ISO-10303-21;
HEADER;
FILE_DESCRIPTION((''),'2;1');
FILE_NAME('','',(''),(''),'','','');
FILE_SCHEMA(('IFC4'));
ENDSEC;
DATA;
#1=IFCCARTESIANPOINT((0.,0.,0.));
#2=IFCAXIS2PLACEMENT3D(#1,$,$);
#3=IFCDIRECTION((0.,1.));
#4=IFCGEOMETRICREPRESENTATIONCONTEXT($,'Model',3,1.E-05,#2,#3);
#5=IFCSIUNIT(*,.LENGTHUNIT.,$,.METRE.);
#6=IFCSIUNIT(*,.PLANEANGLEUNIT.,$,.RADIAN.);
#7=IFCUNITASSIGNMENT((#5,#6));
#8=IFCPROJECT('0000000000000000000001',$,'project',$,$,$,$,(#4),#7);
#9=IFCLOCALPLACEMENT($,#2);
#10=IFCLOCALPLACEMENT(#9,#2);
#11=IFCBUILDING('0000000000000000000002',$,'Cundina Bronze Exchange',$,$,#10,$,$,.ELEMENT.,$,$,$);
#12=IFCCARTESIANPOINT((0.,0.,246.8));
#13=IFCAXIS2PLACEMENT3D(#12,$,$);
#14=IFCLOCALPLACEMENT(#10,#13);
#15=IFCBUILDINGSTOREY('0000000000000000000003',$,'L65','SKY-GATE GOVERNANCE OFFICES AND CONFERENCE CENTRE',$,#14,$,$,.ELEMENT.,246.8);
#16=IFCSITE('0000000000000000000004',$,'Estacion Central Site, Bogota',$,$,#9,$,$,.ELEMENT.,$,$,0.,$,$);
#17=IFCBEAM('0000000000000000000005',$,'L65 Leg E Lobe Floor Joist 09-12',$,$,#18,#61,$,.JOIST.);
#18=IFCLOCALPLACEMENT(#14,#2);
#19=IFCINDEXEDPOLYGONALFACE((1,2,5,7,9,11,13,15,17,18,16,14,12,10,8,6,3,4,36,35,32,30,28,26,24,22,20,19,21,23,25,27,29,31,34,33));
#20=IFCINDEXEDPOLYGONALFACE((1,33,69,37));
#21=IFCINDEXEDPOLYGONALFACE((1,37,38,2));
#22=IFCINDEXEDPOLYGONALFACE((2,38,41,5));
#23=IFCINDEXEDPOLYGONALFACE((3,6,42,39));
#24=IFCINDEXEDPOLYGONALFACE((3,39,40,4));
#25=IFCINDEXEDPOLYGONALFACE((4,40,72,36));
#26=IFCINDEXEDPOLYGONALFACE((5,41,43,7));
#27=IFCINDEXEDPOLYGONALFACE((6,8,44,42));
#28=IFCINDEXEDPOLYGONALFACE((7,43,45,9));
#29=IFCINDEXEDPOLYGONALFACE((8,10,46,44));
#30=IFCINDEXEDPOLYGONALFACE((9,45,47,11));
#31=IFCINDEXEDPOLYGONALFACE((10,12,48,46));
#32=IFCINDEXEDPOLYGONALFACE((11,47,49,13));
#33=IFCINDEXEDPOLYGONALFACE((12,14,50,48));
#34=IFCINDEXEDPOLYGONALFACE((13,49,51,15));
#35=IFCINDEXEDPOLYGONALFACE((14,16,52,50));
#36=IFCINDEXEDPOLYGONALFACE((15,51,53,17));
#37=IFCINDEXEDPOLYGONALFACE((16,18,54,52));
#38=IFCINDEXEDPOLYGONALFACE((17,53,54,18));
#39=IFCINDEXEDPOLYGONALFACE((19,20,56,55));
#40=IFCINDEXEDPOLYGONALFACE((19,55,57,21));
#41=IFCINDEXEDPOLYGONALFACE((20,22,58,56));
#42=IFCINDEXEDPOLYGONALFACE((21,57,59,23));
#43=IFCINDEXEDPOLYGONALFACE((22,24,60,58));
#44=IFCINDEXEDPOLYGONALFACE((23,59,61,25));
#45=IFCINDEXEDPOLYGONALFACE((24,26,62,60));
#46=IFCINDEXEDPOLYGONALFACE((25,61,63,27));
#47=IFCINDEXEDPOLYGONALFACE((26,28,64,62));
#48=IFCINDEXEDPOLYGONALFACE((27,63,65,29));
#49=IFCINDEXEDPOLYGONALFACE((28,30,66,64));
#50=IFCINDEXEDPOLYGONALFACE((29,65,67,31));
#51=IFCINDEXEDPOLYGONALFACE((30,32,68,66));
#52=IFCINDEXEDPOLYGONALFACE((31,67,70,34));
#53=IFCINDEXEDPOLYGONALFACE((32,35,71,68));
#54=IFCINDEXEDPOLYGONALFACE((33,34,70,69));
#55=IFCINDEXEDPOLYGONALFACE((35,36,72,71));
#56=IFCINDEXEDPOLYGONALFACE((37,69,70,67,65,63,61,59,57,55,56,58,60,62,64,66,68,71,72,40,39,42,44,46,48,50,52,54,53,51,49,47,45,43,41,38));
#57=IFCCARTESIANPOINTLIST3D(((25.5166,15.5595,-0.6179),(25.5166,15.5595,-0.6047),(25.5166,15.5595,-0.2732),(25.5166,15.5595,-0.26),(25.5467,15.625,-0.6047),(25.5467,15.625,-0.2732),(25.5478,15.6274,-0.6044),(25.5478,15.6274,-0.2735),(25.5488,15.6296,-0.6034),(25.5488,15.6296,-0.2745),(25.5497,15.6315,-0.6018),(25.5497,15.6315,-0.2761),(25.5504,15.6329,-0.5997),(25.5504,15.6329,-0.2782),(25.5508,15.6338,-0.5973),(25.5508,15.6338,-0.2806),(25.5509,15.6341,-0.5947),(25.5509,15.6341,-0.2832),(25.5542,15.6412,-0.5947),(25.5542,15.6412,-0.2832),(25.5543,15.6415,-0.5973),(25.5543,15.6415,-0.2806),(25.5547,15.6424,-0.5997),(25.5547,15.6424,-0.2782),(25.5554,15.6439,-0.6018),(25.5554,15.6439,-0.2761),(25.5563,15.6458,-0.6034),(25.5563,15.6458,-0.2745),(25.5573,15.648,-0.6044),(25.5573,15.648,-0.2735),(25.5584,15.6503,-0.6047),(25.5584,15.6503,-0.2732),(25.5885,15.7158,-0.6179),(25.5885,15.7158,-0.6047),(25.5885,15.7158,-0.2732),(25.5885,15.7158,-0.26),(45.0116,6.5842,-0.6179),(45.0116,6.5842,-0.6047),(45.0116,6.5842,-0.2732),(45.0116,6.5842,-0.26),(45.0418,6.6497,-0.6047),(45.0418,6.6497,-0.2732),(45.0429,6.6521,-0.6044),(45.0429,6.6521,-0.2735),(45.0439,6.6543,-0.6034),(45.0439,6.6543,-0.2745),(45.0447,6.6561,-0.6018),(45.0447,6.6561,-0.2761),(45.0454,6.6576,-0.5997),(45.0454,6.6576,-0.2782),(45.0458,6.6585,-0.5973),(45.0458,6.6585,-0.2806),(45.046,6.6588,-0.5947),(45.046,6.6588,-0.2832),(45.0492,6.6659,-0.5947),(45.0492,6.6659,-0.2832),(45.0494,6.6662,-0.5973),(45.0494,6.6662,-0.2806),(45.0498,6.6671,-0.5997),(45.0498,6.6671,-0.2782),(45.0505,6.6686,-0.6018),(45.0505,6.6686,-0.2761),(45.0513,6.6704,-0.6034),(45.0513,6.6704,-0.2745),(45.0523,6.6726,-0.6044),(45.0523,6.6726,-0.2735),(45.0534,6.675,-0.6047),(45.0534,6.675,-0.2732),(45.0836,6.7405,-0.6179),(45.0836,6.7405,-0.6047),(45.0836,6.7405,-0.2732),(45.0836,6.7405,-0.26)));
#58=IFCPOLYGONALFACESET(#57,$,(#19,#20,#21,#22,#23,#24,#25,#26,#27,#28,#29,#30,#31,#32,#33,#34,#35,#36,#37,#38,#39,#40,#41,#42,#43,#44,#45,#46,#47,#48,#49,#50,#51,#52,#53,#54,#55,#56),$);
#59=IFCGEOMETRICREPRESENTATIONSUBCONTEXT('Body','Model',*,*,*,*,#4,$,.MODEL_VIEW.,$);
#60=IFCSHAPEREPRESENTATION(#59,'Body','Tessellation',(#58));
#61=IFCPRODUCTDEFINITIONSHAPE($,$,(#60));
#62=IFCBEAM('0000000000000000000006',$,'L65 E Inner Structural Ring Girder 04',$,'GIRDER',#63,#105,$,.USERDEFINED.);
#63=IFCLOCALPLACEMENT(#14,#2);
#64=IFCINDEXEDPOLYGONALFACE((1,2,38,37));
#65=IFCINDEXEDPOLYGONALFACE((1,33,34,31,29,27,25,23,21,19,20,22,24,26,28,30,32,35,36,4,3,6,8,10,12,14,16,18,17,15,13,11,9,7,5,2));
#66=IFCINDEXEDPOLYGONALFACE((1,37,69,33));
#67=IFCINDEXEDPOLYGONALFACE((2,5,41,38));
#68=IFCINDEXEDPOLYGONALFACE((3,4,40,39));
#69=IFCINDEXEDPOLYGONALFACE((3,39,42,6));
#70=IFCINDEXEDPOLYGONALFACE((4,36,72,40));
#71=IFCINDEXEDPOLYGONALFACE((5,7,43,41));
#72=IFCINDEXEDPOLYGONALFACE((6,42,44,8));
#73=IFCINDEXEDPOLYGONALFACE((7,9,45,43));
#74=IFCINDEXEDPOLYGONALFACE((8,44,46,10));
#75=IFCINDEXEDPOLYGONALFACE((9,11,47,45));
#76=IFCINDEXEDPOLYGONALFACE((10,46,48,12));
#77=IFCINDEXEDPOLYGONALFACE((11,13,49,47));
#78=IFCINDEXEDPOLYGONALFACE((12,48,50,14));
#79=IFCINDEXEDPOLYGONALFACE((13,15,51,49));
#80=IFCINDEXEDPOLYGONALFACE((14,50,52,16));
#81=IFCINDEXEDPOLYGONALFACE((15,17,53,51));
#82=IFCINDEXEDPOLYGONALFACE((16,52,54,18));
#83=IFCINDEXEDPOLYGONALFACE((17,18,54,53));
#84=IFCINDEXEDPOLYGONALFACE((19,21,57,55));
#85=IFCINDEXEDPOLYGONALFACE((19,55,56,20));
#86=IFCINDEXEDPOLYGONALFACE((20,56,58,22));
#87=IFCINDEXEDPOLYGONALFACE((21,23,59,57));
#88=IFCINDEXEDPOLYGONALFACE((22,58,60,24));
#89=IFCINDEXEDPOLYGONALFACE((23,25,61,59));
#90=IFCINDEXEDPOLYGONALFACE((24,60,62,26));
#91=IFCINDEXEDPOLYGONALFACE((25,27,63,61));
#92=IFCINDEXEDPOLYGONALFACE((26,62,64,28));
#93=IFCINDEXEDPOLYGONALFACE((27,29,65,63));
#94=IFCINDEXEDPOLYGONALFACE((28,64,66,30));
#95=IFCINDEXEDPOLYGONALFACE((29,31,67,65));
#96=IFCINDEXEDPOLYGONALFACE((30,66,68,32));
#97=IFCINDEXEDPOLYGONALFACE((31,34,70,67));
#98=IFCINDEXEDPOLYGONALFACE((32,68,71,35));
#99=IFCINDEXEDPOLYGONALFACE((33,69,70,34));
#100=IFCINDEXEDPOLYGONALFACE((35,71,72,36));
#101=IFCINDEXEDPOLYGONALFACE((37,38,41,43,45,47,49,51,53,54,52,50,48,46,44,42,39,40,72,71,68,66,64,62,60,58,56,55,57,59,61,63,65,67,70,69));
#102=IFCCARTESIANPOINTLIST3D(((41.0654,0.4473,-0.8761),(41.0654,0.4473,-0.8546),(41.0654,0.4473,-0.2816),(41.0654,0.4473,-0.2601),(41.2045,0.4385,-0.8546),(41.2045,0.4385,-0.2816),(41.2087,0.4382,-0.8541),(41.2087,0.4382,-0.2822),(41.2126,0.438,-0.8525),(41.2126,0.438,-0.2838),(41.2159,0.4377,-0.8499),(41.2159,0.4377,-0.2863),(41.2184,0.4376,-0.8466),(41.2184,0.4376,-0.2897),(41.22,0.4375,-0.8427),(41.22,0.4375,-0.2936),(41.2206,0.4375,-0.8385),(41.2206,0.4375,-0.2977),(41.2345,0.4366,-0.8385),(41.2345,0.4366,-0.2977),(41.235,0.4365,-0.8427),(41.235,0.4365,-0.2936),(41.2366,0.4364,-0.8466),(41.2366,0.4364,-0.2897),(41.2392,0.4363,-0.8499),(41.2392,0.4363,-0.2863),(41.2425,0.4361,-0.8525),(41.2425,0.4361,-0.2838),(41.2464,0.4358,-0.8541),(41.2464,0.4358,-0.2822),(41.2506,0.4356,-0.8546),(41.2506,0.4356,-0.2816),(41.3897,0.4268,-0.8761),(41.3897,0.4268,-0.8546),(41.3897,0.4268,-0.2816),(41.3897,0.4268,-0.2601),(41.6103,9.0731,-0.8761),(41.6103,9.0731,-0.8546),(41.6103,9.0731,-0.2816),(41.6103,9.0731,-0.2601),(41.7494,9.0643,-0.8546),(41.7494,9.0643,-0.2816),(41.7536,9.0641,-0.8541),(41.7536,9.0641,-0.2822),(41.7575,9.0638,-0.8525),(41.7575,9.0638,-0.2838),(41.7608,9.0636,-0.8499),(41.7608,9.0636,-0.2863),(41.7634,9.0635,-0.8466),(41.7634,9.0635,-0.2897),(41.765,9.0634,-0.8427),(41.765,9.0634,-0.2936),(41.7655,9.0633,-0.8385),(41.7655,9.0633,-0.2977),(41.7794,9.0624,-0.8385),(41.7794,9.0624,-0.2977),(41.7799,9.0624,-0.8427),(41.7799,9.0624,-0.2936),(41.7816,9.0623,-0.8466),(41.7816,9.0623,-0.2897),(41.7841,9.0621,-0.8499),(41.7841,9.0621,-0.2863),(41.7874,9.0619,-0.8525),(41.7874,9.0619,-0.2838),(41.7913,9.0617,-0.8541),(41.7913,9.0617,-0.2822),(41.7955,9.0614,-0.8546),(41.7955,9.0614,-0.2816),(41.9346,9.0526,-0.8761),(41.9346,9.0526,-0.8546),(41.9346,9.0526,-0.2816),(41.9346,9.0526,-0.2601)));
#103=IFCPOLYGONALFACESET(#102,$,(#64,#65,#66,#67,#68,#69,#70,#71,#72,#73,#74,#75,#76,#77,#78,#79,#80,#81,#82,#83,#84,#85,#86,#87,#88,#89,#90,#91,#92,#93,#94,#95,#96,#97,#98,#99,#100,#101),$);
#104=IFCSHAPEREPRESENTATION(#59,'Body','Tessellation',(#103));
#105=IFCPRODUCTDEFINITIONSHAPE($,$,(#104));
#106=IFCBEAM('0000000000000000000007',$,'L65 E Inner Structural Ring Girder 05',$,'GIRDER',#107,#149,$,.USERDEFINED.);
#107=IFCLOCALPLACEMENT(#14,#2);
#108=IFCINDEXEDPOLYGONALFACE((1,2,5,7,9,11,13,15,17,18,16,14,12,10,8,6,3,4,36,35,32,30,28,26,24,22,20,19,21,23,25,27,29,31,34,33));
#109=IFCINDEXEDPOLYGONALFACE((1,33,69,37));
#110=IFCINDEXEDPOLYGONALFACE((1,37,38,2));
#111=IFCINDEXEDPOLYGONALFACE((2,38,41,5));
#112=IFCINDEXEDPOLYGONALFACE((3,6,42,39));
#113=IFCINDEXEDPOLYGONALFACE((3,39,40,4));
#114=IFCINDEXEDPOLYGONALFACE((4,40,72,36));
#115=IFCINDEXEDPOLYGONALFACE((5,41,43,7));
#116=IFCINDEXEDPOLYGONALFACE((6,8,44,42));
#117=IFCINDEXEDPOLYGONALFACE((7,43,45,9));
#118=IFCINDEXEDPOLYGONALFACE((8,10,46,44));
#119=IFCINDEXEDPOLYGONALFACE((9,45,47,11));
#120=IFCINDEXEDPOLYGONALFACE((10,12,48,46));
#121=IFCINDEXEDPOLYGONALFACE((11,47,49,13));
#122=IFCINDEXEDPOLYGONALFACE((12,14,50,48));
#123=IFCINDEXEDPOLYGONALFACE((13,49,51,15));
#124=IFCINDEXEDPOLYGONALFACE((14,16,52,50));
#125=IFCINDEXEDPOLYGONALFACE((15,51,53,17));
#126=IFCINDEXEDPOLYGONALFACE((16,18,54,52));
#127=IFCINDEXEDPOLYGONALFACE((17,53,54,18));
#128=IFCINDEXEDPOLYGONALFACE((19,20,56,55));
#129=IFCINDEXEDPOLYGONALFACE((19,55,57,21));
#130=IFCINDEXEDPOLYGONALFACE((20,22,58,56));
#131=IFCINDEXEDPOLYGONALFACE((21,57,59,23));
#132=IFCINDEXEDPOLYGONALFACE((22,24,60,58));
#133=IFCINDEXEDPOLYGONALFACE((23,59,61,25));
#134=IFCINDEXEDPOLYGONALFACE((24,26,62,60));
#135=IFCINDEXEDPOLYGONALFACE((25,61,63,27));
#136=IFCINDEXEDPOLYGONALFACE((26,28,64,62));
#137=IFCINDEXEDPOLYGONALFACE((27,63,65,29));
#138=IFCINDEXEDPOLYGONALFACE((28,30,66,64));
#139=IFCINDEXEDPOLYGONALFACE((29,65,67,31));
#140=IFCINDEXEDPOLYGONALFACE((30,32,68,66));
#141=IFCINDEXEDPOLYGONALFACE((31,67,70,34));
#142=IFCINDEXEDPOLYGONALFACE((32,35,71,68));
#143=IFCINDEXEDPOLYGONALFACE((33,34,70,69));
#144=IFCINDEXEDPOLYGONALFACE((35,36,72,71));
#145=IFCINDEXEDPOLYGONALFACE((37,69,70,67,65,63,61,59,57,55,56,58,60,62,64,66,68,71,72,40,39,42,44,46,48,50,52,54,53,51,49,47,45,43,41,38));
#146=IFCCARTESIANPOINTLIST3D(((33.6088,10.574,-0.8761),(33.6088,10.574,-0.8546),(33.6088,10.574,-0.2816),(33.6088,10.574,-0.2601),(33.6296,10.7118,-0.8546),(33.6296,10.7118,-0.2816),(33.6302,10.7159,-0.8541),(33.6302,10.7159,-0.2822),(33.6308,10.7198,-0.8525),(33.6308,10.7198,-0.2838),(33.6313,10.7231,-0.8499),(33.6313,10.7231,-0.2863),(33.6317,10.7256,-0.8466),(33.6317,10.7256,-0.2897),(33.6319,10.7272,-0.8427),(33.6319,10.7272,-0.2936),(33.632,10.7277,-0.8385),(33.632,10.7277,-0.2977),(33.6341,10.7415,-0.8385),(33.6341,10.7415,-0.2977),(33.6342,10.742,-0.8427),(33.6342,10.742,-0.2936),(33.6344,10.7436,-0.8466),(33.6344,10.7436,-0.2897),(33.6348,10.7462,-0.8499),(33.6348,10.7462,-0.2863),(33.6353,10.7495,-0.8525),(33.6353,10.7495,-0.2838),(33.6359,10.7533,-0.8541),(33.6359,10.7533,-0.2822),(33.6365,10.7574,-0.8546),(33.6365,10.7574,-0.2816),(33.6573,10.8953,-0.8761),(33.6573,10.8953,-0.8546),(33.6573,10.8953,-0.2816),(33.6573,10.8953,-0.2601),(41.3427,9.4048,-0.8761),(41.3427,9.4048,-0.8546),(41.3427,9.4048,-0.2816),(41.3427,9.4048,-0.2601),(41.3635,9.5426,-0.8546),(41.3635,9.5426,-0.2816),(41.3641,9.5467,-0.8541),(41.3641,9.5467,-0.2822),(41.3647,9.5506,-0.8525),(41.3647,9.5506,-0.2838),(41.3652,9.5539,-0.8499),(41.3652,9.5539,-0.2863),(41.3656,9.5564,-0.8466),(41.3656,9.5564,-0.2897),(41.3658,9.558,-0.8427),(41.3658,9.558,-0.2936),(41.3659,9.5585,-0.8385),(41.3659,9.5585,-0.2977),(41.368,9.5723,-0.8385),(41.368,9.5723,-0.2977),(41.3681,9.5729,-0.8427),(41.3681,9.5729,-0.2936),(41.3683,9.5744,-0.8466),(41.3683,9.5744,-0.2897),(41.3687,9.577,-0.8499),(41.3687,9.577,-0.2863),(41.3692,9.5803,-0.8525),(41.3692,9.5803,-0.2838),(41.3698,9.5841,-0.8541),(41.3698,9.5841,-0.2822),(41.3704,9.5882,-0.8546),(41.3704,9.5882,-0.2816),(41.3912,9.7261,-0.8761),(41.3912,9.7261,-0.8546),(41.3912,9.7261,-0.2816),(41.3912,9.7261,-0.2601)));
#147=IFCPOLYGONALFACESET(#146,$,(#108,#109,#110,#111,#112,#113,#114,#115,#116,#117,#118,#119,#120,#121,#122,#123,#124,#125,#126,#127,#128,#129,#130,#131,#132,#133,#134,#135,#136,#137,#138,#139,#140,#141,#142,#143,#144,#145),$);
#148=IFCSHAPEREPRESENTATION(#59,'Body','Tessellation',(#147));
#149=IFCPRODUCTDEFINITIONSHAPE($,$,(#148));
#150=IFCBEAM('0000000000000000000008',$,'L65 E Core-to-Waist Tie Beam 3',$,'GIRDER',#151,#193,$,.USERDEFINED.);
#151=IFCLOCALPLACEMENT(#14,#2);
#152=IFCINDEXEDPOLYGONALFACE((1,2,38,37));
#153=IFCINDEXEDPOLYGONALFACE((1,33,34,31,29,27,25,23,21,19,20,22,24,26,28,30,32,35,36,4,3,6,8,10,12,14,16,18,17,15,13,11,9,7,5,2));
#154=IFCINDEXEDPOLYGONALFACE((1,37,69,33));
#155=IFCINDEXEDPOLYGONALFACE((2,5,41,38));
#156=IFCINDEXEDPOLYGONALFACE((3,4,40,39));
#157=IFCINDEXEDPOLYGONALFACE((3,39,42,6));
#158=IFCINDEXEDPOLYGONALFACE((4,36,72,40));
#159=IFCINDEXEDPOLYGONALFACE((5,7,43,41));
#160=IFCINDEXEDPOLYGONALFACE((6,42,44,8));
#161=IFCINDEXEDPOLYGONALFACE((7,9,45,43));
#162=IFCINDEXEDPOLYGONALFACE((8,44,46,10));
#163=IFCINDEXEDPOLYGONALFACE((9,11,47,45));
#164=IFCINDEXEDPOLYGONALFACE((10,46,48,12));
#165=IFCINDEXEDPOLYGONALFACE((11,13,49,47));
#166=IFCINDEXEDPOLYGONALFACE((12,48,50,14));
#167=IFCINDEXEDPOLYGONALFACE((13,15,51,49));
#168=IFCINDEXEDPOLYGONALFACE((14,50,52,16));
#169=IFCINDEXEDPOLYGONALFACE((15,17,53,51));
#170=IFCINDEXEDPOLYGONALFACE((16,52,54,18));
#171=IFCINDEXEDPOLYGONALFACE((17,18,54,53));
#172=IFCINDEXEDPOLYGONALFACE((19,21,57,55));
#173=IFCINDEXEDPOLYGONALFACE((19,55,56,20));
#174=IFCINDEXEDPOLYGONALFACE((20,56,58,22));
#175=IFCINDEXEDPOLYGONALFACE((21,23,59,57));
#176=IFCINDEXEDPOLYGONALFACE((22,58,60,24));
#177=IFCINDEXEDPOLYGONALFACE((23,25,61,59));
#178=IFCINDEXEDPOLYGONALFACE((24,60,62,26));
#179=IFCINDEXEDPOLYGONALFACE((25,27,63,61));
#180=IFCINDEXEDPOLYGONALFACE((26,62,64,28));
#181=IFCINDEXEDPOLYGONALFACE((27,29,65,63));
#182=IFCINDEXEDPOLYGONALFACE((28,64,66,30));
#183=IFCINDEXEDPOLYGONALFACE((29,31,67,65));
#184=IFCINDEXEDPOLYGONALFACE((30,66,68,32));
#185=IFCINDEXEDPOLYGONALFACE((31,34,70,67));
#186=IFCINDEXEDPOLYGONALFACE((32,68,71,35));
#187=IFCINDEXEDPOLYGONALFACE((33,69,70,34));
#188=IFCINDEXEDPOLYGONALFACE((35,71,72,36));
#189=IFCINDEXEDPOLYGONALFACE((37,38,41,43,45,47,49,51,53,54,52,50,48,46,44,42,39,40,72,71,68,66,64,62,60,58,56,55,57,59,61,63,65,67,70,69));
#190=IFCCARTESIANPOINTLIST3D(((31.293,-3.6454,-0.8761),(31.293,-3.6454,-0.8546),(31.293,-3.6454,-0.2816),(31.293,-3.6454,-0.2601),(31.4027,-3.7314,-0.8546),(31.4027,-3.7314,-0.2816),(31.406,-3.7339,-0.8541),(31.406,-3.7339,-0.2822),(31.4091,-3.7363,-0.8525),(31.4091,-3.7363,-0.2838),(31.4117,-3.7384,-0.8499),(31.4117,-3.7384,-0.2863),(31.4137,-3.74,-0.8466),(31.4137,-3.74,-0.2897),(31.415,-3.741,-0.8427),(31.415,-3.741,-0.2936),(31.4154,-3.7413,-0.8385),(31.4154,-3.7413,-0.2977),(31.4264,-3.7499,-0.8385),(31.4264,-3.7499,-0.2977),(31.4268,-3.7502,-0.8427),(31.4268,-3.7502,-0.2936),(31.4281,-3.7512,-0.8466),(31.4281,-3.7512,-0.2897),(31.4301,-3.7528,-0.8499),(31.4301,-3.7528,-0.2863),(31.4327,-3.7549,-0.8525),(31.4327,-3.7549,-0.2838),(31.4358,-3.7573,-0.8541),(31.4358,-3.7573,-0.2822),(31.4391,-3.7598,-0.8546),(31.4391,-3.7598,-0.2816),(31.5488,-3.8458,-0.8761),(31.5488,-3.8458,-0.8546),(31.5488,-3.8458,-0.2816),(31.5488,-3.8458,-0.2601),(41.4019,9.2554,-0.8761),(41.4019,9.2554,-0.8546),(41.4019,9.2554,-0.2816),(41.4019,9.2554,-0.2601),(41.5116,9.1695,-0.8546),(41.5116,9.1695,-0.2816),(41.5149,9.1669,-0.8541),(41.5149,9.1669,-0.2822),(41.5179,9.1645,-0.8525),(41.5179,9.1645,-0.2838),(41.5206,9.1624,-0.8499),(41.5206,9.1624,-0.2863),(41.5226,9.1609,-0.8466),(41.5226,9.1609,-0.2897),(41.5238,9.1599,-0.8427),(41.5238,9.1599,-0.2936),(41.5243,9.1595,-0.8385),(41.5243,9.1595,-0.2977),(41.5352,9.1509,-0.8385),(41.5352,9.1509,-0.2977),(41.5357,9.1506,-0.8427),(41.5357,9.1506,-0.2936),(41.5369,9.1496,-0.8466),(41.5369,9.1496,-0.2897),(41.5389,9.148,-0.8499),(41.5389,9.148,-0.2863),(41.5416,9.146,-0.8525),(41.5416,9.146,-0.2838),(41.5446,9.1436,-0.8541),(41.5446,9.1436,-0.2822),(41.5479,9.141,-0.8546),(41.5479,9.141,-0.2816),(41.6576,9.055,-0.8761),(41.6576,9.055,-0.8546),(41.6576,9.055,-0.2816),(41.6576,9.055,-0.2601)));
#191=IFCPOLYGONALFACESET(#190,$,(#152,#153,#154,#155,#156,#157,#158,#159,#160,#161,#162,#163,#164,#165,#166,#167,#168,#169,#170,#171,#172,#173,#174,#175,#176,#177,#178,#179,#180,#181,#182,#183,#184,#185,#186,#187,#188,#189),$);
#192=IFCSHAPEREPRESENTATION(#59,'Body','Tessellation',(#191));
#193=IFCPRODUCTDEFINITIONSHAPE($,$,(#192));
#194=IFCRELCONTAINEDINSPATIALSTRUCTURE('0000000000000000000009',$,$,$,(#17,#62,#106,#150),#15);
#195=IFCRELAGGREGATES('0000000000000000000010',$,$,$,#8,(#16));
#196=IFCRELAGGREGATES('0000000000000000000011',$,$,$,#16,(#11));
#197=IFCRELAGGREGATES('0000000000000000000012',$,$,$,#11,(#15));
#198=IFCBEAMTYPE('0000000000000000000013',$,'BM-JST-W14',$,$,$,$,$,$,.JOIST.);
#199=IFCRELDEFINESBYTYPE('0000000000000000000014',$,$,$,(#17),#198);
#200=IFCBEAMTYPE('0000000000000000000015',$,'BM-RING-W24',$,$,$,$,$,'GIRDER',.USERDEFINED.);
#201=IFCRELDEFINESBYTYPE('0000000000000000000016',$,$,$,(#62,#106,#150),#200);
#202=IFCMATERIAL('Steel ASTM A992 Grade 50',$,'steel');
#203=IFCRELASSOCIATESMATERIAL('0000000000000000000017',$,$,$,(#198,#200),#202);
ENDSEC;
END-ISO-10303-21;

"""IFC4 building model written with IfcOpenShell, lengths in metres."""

from ifc_helpers import new_model, si_unit, direction, frame, origin, origin_2d, place, context, subcontext, project, spatial, i_section, extrude, material, material_profile, profile_set, type_object, element, save


model = new_model("IFC4")

# Units and contexts
model_context = context("Model", 3, precision=1e-05, world=origin(), true_north=direction((0.0, 1.0)))
body_context = subcontext(model_context, "Body", "Model", "MODEL_VIEW")
ifc_project = project(units=[si_unit("LENGTHUNIT", "METRE"), si_unit("PLANEANGLEUNIT", "RADIAN")], contexts=[model_context])

# Site, building, storey
site_placement = place(None, origin())
site = spatial("IfcSite", under=ifc_project, at=site_placement, Name="Estacion Central Site, Bogota", CompositionType="ELEMENT", RefElevation=0.0)
building_placement = place(site_placement, origin())
building = spatial("IfcBuilding", under=site, at=building_placement, Name="Cundina Bronze Exchange", CompositionType="ELEMENT")
storey_placement = place(building_placement, frame((0.0, 0.0, 246.8)))
storey = spatial("IfcBuildingStorey", under=building, at=storey_placement, Name="L65", Description="SKY-GATE GOVERNANCE OFFICES AND CONFERENCE CENTRE", CompositionType="ELEMENT", Elevation=246.8)

# Beams
ifc_material_1 = material(Name="Steel ASTM A992 Grade 50", Category="steel")
ifc_material_profile_1 = material_profile(ifc_material_1, i_section(OverallWidth=0.1721, OverallDepth=0.3579, WebThickness=0.0078, FlangeThickness=0.0132, FilletRadius=0.01, at=origin_2d()), Name="W14X38", Category="steel")
ifc_profile_set_1 = profile_set([ifc_material_profile_1], Name="Steel ASTM A992 Grade 50")
beam_type_1 = type_object("IfcBeamType", Name="BM-JST-W14", PredefinedType="JOIST", material=ifc_profile_set_1)
beam_1_placement = place(storey_placement, frame((45.0476, 6.6624, -0.439), z_axis=(-0.908356, 0.418197, 0.0), x_axis=(-0.418197, -0.908356, 0.0)))
element("IfcBeam", 1, at=beam_1_placement, inside=storey, type_object=beam_type_1, Name="L65 Leg E Lobe Floor Joist 09-12", PredefinedType="JOIST", context=body_context, shape_type="SweptSolid", body=[
    extrude(i_section(OverallWidth=0.1721, OverallDepth=0.3579, WebThickness=0.0078, FlangeThickness=0.0132, FilletRadius=0.01, at=origin_2d()), origin(), (0.0, 0.0, 1.0), 21.4619),
])
ifc_material_profile_2 = material_profile(ifc_material_1, i_section(OverallWidth=0.325, OverallDepth=0.616, WebThickness=0.0139, FlangeThickness=0.0215, FilletRadius=0.0161, at=origin_2d()), Name="W24X117", Category="steel")
ifc_profile_set_2 = profile_set([ifc_material_profile_2], Name="Steel ASTM A992 Grade 50")
beam_type_2 = type_object("IfcBeamType", Name="BM-RING-W24", ElementType="GIRDER", PredefinedType="USERDEFINED", material=ifc_profile_set_2)
beam_2_placement = place(storey_placement, frame((41.2275, 0.437, -0.5681), z_axis=(0.063047, 0.998011, 0.0), x_axis=(-0.998011, 0.063047, 0.0)))
element("IfcBeam", 2, at=beam_2_placement, inside=storey, type_object=beam_type_2, Name="L65 E Inner Structural Ring Girder 04", ObjectType="GIRDER", PredefinedType="USERDEFINED", context=body_context, shape_type="SweptSolid", body=[
    extrude(i_section(OverallWidth=0.325, OverallDepth=0.616, WebThickness=0.0139, FlangeThickness=0.0215, FilletRadius=0.0161, at=origin_2d()), origin(), (0.0, 0.0, 1.0), 8.6431),
])
beam_3_placement = place(storey_placement, frame((41.3669, 9.5654, -0.5681), z_axis=(-0.988765, 0.149479, 0.0), x_axis=(-0.149479, -0.988765, 0.0)))
element("IfcBeam", 3, at=beam_3_placement, inside=storey, type_object=beam_type_2, Name="L65 E Inner Structural Ring Girder 05", ObjectType="GIRDER", PredefinedType="USERDEFINED", context=body_context, shape_type="SweptSolid", body=[
    extrude(i_section(OverallWidth=0.325, OverallDepth=0.616, WebThickness=0.0139, FlangeThickness=0.0215, FilletRadius=0.0161, at=origin_2d()), origin(), (0.0, 0.0, 1.0), 7.8218),
])
beam_4_placement = place(storey_placement, frame((31.4209, -3.7456, -0.5681), z_axis=(0.616783, 0.787133, 0.0), x_axis=(-0.787133, 0.616783, 0.0)))
element("IfcBeam", 4, at=beam_4_placement, inside=storey, type_object=beam_type_2, Name="L65 E Core-to-Waist Tie Beam 3", ObjectType="GIRDER", PredefinedType="USERDEFINED", context=body_context, shape_type="SweptSolid", body=[
    extrude(i_section(OverallWidth=0.325, OverallDepth=0.616, WebThickness=0.0139, FlangeThickness=0.0215, FilletRadius=0.0161, at=origin_2d()), origin(), (0.0, 0.0, 1.0), 16.3896),
])

save(model, "model.ifc")
